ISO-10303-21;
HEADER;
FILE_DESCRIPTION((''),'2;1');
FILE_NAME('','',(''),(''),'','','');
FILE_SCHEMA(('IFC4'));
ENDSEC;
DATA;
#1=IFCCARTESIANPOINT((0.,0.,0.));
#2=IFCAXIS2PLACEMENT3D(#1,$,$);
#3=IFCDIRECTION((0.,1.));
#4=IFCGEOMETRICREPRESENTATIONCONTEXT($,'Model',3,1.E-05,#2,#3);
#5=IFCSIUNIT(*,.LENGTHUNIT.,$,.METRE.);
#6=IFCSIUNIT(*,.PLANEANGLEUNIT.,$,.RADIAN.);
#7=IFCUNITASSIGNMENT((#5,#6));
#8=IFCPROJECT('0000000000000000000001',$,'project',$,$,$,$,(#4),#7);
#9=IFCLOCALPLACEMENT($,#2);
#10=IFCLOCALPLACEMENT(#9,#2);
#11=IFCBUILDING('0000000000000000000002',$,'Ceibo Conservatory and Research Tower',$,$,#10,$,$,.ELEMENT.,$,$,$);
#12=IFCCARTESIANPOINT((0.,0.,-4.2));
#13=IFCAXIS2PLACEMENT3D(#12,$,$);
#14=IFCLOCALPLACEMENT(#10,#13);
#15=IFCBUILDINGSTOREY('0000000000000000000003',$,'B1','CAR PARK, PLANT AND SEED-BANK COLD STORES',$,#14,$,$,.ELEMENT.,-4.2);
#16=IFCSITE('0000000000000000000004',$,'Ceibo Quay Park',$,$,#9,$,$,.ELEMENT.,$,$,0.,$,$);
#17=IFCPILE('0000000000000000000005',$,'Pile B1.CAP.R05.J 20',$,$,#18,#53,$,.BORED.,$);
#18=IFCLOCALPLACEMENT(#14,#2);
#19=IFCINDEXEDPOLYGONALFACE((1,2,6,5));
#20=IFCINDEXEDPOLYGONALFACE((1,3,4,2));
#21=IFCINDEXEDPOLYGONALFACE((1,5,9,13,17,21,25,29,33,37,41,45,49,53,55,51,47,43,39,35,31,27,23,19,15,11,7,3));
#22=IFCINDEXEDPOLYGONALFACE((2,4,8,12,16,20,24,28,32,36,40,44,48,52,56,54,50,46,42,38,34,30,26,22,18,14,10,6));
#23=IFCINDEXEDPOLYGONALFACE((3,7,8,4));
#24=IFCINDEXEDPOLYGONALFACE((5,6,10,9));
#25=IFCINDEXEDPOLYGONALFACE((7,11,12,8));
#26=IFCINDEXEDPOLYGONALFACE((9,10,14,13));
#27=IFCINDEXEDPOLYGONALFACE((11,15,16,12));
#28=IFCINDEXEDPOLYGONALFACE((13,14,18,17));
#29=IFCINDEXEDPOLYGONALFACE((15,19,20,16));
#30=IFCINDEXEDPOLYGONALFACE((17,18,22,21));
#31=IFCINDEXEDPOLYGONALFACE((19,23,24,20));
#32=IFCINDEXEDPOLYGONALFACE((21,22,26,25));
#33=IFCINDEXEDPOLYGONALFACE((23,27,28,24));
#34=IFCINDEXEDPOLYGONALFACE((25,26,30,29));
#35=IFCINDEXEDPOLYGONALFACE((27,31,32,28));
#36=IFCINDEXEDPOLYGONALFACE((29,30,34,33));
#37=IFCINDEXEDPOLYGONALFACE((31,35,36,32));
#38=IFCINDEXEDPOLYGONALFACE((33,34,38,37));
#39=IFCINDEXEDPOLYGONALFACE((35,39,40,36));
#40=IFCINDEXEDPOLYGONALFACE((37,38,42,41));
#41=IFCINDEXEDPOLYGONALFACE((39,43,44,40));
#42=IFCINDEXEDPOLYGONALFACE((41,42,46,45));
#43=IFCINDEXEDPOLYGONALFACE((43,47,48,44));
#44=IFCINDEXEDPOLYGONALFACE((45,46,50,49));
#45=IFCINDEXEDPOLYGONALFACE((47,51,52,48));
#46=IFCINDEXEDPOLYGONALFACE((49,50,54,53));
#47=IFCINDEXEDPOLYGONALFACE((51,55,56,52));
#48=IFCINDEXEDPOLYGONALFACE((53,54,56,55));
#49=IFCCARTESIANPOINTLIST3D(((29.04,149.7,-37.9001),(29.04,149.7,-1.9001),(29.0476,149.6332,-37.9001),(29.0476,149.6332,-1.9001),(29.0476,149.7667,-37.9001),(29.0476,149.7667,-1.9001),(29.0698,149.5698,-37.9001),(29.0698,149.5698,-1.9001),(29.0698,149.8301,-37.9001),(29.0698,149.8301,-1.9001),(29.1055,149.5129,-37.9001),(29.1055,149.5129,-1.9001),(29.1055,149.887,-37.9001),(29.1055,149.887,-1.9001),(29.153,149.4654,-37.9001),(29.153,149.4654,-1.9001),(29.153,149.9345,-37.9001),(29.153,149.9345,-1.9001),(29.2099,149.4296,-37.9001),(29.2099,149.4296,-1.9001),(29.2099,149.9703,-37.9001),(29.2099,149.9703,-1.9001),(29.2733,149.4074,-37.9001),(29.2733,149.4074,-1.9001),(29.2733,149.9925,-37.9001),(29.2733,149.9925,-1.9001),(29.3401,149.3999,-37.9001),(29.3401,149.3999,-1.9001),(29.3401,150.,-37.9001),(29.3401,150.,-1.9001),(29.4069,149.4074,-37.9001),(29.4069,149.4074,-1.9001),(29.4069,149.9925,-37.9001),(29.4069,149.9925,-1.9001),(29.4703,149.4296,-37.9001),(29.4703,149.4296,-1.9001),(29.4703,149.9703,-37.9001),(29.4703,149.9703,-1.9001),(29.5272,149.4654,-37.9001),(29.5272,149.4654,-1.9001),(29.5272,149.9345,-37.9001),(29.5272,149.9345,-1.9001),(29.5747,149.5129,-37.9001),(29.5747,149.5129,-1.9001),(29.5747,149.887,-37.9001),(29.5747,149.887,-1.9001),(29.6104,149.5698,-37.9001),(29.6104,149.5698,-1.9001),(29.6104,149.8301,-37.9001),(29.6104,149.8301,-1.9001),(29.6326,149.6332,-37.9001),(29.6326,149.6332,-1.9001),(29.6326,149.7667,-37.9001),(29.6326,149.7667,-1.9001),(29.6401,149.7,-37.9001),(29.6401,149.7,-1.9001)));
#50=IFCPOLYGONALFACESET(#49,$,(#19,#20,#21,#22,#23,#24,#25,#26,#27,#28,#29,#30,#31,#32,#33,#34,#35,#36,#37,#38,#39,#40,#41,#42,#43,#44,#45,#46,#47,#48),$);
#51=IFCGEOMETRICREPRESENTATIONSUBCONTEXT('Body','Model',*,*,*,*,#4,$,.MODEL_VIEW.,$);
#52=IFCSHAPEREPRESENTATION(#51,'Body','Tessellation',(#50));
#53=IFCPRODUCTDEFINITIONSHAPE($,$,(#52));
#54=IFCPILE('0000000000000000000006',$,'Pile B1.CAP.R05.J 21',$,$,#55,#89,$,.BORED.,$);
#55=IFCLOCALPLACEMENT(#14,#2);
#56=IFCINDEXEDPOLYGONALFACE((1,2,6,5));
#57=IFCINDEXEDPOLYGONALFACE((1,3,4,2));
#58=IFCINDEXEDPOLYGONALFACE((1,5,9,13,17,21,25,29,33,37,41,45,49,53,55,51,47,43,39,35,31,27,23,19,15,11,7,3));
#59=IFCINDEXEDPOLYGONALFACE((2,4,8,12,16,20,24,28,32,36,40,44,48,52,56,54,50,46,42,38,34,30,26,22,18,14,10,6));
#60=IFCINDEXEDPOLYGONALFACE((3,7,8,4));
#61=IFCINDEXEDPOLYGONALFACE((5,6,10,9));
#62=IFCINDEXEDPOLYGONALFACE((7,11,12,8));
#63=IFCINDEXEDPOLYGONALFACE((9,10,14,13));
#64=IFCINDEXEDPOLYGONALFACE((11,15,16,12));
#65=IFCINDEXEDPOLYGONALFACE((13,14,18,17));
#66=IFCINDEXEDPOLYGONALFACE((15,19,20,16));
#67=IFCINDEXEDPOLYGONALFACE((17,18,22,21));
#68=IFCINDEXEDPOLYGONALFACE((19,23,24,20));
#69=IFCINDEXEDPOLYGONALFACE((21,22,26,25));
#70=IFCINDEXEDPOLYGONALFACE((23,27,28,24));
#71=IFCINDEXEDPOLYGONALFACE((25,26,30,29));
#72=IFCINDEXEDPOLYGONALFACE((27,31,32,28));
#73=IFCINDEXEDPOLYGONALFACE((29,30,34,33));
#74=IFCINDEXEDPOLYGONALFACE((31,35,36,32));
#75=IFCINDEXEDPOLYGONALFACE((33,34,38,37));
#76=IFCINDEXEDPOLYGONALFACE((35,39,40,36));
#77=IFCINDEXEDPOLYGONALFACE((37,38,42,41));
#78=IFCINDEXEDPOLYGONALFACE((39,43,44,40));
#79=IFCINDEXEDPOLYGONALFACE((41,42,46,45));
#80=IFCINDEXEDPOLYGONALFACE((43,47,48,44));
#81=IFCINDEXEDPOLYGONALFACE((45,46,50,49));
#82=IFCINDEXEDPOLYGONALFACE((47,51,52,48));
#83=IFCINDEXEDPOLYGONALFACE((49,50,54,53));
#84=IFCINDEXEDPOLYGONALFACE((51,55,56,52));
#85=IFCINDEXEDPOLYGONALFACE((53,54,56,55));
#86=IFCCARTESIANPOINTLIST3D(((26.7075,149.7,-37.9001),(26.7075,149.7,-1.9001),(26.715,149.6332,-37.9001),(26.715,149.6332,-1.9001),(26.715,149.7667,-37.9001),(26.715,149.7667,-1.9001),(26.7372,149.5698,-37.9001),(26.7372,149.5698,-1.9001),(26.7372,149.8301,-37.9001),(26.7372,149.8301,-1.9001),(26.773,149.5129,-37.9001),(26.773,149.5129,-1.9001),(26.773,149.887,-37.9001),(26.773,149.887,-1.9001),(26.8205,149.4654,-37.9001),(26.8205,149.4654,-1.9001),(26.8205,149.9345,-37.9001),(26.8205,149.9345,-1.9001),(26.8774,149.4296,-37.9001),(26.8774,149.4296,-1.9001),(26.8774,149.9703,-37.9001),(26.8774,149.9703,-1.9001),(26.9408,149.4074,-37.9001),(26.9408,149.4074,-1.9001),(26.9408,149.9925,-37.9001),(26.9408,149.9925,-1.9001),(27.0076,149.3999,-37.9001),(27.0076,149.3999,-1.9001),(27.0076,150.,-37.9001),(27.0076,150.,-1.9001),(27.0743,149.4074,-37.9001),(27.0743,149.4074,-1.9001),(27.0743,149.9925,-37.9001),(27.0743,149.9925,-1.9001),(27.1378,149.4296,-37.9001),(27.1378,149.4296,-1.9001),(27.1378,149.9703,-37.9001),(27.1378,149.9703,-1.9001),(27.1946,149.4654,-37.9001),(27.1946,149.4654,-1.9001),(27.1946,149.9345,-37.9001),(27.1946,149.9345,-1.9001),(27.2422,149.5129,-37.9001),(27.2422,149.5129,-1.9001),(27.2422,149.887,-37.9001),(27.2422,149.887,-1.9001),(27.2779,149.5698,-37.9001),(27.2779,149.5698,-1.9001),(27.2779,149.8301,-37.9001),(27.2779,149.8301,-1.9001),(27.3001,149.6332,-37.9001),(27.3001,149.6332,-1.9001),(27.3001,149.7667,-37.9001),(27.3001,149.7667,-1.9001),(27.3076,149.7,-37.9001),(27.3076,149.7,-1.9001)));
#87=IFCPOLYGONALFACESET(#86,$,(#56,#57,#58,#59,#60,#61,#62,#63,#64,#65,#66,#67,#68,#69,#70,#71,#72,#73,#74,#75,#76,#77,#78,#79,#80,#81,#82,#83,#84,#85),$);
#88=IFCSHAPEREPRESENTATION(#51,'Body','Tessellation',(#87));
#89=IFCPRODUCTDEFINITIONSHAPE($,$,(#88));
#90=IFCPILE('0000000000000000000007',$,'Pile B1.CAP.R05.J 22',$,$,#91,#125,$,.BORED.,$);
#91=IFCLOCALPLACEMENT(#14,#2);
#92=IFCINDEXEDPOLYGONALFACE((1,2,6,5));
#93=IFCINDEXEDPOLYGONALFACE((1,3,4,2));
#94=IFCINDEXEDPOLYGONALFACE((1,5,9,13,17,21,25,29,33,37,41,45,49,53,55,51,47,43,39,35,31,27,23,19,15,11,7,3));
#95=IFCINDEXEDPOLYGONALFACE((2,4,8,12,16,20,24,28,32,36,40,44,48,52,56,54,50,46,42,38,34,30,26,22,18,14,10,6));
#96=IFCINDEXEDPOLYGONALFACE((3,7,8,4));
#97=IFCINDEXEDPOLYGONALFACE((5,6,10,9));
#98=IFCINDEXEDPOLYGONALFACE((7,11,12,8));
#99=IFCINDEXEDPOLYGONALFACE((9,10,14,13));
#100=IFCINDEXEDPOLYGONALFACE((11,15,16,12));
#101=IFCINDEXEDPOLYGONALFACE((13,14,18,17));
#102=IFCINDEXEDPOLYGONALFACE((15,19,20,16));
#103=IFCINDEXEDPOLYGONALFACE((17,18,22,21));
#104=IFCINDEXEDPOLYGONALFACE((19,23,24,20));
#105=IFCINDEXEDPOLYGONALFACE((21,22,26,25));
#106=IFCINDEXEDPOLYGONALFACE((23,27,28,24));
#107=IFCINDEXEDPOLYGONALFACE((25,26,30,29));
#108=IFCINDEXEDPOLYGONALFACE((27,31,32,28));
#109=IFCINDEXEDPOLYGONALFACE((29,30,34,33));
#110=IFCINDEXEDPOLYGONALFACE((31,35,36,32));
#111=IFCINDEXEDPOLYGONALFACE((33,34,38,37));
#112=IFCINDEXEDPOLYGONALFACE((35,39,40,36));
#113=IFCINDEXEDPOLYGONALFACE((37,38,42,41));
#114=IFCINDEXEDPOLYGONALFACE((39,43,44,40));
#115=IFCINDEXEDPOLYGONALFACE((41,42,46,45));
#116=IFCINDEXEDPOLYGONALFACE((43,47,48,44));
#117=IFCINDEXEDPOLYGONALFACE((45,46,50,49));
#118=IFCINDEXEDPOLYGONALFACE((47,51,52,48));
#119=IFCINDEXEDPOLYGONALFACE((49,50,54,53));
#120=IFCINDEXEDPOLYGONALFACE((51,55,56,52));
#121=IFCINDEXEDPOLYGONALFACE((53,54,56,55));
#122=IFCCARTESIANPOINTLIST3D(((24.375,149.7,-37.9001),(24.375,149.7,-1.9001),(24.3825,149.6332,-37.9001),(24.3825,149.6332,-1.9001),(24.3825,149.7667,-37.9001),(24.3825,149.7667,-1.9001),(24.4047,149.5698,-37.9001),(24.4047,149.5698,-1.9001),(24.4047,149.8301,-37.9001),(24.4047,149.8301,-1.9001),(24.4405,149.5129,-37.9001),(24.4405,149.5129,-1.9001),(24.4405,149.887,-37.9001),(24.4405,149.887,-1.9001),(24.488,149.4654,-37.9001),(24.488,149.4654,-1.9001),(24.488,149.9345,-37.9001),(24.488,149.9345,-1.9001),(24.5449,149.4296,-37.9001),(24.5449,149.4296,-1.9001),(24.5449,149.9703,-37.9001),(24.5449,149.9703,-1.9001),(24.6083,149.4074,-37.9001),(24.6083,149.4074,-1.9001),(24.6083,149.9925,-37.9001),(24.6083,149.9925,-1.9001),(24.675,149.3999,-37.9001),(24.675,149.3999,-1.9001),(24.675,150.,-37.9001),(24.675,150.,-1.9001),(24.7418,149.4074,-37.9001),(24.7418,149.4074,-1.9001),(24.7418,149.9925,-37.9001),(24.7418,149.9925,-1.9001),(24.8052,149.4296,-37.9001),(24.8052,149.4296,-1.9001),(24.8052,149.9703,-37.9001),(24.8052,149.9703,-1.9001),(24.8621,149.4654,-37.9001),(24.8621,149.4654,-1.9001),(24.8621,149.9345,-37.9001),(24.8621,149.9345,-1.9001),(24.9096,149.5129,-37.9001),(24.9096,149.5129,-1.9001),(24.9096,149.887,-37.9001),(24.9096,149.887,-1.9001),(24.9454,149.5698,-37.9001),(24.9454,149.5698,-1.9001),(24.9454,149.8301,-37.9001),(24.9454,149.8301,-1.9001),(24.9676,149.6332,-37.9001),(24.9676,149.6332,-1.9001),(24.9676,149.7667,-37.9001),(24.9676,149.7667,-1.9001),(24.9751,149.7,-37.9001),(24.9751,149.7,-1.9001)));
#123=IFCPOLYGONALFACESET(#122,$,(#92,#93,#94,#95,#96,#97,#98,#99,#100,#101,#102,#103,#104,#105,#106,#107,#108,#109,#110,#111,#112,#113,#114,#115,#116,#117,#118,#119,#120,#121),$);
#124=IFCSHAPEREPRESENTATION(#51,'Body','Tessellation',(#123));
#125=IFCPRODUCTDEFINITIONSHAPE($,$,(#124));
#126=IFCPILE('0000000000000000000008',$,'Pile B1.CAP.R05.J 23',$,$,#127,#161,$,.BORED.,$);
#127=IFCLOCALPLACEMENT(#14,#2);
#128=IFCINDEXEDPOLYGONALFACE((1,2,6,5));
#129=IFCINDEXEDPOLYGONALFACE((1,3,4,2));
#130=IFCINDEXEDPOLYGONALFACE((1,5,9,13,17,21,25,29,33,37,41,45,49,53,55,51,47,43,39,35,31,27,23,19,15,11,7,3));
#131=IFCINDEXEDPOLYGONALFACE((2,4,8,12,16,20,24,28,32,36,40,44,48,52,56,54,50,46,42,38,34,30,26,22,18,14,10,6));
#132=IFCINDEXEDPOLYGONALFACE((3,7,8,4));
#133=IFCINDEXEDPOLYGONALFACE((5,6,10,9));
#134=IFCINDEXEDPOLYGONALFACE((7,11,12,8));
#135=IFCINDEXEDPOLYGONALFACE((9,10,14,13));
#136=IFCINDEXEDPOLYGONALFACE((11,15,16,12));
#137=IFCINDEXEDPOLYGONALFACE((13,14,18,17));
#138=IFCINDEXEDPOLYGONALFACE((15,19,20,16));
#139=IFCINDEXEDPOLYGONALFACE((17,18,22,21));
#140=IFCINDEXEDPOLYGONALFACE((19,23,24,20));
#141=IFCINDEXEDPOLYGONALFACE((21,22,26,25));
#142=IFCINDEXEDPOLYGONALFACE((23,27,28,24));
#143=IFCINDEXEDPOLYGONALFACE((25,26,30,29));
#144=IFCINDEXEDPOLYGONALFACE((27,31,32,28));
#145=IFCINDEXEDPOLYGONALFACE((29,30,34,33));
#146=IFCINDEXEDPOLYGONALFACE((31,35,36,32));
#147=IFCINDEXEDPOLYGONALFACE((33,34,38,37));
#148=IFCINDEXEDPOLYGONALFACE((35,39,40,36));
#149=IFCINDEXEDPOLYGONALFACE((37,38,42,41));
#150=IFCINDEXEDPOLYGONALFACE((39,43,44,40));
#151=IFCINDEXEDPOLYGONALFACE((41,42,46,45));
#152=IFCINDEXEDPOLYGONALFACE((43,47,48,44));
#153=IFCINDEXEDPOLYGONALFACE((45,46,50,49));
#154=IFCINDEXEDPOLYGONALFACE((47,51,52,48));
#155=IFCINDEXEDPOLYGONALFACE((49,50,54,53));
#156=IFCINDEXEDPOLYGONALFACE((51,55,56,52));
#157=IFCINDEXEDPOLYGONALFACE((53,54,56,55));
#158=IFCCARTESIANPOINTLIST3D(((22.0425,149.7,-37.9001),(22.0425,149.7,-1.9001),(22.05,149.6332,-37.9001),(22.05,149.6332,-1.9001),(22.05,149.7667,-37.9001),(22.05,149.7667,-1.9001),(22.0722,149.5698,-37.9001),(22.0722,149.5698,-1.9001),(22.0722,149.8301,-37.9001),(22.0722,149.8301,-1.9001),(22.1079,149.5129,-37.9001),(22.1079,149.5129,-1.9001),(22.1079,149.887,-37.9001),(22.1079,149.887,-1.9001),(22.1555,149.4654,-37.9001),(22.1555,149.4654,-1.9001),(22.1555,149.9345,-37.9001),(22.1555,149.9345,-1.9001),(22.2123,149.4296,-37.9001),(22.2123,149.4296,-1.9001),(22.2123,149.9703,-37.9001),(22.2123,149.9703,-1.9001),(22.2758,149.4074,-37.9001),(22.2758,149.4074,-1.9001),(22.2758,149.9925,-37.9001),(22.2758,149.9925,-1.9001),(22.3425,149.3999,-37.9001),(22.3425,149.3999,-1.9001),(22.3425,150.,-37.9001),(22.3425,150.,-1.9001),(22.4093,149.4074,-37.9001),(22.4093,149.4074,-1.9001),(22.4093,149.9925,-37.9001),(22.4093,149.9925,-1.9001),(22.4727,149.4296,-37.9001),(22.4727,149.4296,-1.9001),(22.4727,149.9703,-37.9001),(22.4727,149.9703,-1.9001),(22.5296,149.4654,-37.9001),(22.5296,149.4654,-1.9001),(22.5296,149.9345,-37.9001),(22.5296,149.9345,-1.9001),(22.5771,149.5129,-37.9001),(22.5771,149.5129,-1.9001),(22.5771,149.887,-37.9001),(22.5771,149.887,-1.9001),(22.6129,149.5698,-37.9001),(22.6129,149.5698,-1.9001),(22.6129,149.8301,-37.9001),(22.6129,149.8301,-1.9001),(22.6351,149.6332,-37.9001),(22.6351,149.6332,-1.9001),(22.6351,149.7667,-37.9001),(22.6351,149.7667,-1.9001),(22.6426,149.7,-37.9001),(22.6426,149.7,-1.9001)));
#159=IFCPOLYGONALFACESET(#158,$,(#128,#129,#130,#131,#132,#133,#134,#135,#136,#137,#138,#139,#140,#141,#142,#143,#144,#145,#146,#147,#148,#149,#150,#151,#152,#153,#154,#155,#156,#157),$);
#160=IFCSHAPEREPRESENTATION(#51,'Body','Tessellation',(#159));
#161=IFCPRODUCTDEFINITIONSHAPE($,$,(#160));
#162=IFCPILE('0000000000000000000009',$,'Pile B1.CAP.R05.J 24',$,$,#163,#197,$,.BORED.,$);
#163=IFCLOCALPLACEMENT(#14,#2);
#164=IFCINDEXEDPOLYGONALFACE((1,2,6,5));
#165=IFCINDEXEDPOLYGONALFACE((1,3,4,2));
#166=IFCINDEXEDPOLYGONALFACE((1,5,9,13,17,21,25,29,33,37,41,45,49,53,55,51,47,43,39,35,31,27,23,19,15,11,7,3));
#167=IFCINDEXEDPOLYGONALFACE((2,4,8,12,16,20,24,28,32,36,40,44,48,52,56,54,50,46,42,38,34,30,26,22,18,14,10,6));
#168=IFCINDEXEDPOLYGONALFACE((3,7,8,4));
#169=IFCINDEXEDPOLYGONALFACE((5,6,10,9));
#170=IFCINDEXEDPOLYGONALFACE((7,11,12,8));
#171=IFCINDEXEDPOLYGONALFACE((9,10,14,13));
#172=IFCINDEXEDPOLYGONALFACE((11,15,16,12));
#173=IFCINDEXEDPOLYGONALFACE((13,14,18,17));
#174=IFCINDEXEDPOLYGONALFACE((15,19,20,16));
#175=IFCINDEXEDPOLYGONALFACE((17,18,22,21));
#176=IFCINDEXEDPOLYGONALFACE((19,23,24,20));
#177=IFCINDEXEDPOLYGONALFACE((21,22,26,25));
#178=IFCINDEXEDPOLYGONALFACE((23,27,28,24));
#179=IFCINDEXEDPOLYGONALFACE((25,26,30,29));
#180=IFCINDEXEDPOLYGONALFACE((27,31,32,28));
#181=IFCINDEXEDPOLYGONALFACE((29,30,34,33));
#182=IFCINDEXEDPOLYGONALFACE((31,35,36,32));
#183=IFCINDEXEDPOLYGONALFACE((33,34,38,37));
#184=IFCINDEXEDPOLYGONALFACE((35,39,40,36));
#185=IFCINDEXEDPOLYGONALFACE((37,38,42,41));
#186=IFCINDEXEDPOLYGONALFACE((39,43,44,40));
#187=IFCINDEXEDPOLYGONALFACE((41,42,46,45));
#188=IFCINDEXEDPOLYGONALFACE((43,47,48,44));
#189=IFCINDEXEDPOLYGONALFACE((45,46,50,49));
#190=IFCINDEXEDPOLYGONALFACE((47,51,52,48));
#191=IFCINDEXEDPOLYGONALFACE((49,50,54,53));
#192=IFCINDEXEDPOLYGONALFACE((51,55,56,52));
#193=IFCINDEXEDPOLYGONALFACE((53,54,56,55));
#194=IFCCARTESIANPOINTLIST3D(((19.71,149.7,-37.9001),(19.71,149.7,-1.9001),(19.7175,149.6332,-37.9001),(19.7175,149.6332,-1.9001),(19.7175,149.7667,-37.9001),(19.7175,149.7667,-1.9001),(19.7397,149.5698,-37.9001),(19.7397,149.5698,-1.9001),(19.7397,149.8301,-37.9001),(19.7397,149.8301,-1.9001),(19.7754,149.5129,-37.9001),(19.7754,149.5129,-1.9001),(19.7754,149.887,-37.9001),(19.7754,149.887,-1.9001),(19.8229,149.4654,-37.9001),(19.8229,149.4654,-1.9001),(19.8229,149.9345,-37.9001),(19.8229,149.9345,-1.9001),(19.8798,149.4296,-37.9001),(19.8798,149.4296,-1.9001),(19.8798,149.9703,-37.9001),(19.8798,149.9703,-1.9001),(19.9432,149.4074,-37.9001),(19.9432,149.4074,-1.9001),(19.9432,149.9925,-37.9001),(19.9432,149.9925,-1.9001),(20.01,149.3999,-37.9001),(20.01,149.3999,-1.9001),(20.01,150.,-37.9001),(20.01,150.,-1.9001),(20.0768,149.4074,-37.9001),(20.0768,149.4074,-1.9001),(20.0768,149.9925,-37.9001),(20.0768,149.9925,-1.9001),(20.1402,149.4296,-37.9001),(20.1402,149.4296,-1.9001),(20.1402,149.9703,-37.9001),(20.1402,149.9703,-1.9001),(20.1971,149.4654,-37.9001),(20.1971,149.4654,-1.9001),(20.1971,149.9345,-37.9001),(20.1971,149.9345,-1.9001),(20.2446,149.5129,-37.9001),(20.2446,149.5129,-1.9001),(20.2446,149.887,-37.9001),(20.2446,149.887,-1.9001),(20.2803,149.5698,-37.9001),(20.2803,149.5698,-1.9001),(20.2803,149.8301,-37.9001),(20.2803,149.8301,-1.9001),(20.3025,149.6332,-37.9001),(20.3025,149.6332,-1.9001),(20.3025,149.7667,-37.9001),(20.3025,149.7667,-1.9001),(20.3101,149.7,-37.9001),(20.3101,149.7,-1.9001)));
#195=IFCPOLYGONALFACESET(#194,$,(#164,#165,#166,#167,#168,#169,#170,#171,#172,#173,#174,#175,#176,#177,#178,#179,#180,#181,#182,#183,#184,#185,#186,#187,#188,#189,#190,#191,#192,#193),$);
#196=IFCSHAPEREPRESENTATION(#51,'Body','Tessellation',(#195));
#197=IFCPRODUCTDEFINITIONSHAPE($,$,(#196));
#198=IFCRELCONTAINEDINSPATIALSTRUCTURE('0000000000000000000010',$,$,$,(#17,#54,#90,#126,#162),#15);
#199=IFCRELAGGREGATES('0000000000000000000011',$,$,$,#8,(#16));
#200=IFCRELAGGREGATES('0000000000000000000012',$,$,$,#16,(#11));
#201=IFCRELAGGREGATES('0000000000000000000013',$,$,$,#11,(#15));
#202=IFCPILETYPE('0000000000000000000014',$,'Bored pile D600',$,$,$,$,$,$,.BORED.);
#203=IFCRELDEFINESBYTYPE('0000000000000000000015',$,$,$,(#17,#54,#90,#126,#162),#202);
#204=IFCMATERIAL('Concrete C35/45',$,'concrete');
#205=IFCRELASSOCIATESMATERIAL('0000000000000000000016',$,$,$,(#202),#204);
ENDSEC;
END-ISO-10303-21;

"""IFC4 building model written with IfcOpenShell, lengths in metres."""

from ifc_helpers import new_model, si_unit, direction, frame, origin, origin_2d, place, context, subcontext, project, spatial, circle, extrude, material, material_profile, profile_set, type_object, element, save


model = new_model("IFC4")

# Units and contexts
model_context = context("Model", 3, precision=1e-05, world=origin(), true_north=direction((0.0, 1.0)))
body_context = subcontext(model_context, "Body", "Model", "MODEL_VIEW")
ifc_project = project(units=[si_unit("LENGTHUNIT", "METRE"), si_unit("PLANEANGLEUNIT", "RADIAN")], contexts=[model_context])

# Site, building, storey
site_placement = place(None, origin())
site = spatial("IfcSite", under=ifc_project, at=site_placement, Name="Ceibo Quay Park", CompositionType="ELEMENT", RefElevation=0.0)
building_placement = place(site_placement, origin())
building = spatial("IfcBuilding", under=site, at=building_placement, Name="Ceibo Conservatory and Research Tower", CompositionType="ELEMENT")
storey_placement = place(building_placement, frame((0.0, 0.0, -4.2)))
storey = spatial("IfcBuildingStorey", under=building, at=storey_placement, Name="B1", Description="CAR PARK, PLANT AND SEED-BANK COLD STORES", CompositionType="ELEMENT", Elevation=-4.2)

# Piles
ifc_material_1 = material(Name="Concrete C35/45", Category="concrete")
ifc_material_profile_1 = material_profile(ifc_material_1, circle(Radius=0.3, at=origin_2d()), Name="RC D600")
ifc_profile_set_1 = profile_set([ifc_material_profile_1], Name="Concrete C35/45")
pile_type_1 = type_object("IfcPileType", Name="Bored pile D600", PredefinedType="BORED", material=ifc_profile_set_1)
for number, where, z_axis, x_axis, name in (
    (1, (29.3401, 149.7, -1.9001), (0.0, 0.0, -1.0), (1.0, 0.0, 0.0), "Pile B1.CAP.R05.J 20"),
    (2, (27.0076, 149.7, -1.9001), (0.0, 0.0, -1.0), (1.0, 0.0, 0.0), "Pile B1.CAP.R05.J 21"),
    (3, (24.675, 149.7, -1.9001), (0.0, 0.0, -1.0), (1.0, 0.0, 0.0), "Pile B1.CAP.R05.J 22"),
    (4, (22.3425, 149.7, -1.9001), (0.0, 0.0, -1.0), (1.0, 0.0, 0.0), "Pile B1.CAP.R05.J 23"),
    (5, (20.01, 149.7, -1.9001), (0.0, 0.0, -1.0), (1.0, 0.0, 0.0), "Pile B1.CAP.R05.J 24"),
):
    element("IfcPile", number, at=place(storey_placement, frame(where, z_axis=z_axis, x_axis=x_axis)), inside=storey, type_object=pile_type_1, Name=name, PredefinedType="BORED", context=body_context, shape_type="SweptSolid", body=[
        extrude(circle(Radius=0.3, at=origin_2d()), origin(), (0.0, 0.0, 1.0), 36.0),
    ])

save(model, "model.ifc")
